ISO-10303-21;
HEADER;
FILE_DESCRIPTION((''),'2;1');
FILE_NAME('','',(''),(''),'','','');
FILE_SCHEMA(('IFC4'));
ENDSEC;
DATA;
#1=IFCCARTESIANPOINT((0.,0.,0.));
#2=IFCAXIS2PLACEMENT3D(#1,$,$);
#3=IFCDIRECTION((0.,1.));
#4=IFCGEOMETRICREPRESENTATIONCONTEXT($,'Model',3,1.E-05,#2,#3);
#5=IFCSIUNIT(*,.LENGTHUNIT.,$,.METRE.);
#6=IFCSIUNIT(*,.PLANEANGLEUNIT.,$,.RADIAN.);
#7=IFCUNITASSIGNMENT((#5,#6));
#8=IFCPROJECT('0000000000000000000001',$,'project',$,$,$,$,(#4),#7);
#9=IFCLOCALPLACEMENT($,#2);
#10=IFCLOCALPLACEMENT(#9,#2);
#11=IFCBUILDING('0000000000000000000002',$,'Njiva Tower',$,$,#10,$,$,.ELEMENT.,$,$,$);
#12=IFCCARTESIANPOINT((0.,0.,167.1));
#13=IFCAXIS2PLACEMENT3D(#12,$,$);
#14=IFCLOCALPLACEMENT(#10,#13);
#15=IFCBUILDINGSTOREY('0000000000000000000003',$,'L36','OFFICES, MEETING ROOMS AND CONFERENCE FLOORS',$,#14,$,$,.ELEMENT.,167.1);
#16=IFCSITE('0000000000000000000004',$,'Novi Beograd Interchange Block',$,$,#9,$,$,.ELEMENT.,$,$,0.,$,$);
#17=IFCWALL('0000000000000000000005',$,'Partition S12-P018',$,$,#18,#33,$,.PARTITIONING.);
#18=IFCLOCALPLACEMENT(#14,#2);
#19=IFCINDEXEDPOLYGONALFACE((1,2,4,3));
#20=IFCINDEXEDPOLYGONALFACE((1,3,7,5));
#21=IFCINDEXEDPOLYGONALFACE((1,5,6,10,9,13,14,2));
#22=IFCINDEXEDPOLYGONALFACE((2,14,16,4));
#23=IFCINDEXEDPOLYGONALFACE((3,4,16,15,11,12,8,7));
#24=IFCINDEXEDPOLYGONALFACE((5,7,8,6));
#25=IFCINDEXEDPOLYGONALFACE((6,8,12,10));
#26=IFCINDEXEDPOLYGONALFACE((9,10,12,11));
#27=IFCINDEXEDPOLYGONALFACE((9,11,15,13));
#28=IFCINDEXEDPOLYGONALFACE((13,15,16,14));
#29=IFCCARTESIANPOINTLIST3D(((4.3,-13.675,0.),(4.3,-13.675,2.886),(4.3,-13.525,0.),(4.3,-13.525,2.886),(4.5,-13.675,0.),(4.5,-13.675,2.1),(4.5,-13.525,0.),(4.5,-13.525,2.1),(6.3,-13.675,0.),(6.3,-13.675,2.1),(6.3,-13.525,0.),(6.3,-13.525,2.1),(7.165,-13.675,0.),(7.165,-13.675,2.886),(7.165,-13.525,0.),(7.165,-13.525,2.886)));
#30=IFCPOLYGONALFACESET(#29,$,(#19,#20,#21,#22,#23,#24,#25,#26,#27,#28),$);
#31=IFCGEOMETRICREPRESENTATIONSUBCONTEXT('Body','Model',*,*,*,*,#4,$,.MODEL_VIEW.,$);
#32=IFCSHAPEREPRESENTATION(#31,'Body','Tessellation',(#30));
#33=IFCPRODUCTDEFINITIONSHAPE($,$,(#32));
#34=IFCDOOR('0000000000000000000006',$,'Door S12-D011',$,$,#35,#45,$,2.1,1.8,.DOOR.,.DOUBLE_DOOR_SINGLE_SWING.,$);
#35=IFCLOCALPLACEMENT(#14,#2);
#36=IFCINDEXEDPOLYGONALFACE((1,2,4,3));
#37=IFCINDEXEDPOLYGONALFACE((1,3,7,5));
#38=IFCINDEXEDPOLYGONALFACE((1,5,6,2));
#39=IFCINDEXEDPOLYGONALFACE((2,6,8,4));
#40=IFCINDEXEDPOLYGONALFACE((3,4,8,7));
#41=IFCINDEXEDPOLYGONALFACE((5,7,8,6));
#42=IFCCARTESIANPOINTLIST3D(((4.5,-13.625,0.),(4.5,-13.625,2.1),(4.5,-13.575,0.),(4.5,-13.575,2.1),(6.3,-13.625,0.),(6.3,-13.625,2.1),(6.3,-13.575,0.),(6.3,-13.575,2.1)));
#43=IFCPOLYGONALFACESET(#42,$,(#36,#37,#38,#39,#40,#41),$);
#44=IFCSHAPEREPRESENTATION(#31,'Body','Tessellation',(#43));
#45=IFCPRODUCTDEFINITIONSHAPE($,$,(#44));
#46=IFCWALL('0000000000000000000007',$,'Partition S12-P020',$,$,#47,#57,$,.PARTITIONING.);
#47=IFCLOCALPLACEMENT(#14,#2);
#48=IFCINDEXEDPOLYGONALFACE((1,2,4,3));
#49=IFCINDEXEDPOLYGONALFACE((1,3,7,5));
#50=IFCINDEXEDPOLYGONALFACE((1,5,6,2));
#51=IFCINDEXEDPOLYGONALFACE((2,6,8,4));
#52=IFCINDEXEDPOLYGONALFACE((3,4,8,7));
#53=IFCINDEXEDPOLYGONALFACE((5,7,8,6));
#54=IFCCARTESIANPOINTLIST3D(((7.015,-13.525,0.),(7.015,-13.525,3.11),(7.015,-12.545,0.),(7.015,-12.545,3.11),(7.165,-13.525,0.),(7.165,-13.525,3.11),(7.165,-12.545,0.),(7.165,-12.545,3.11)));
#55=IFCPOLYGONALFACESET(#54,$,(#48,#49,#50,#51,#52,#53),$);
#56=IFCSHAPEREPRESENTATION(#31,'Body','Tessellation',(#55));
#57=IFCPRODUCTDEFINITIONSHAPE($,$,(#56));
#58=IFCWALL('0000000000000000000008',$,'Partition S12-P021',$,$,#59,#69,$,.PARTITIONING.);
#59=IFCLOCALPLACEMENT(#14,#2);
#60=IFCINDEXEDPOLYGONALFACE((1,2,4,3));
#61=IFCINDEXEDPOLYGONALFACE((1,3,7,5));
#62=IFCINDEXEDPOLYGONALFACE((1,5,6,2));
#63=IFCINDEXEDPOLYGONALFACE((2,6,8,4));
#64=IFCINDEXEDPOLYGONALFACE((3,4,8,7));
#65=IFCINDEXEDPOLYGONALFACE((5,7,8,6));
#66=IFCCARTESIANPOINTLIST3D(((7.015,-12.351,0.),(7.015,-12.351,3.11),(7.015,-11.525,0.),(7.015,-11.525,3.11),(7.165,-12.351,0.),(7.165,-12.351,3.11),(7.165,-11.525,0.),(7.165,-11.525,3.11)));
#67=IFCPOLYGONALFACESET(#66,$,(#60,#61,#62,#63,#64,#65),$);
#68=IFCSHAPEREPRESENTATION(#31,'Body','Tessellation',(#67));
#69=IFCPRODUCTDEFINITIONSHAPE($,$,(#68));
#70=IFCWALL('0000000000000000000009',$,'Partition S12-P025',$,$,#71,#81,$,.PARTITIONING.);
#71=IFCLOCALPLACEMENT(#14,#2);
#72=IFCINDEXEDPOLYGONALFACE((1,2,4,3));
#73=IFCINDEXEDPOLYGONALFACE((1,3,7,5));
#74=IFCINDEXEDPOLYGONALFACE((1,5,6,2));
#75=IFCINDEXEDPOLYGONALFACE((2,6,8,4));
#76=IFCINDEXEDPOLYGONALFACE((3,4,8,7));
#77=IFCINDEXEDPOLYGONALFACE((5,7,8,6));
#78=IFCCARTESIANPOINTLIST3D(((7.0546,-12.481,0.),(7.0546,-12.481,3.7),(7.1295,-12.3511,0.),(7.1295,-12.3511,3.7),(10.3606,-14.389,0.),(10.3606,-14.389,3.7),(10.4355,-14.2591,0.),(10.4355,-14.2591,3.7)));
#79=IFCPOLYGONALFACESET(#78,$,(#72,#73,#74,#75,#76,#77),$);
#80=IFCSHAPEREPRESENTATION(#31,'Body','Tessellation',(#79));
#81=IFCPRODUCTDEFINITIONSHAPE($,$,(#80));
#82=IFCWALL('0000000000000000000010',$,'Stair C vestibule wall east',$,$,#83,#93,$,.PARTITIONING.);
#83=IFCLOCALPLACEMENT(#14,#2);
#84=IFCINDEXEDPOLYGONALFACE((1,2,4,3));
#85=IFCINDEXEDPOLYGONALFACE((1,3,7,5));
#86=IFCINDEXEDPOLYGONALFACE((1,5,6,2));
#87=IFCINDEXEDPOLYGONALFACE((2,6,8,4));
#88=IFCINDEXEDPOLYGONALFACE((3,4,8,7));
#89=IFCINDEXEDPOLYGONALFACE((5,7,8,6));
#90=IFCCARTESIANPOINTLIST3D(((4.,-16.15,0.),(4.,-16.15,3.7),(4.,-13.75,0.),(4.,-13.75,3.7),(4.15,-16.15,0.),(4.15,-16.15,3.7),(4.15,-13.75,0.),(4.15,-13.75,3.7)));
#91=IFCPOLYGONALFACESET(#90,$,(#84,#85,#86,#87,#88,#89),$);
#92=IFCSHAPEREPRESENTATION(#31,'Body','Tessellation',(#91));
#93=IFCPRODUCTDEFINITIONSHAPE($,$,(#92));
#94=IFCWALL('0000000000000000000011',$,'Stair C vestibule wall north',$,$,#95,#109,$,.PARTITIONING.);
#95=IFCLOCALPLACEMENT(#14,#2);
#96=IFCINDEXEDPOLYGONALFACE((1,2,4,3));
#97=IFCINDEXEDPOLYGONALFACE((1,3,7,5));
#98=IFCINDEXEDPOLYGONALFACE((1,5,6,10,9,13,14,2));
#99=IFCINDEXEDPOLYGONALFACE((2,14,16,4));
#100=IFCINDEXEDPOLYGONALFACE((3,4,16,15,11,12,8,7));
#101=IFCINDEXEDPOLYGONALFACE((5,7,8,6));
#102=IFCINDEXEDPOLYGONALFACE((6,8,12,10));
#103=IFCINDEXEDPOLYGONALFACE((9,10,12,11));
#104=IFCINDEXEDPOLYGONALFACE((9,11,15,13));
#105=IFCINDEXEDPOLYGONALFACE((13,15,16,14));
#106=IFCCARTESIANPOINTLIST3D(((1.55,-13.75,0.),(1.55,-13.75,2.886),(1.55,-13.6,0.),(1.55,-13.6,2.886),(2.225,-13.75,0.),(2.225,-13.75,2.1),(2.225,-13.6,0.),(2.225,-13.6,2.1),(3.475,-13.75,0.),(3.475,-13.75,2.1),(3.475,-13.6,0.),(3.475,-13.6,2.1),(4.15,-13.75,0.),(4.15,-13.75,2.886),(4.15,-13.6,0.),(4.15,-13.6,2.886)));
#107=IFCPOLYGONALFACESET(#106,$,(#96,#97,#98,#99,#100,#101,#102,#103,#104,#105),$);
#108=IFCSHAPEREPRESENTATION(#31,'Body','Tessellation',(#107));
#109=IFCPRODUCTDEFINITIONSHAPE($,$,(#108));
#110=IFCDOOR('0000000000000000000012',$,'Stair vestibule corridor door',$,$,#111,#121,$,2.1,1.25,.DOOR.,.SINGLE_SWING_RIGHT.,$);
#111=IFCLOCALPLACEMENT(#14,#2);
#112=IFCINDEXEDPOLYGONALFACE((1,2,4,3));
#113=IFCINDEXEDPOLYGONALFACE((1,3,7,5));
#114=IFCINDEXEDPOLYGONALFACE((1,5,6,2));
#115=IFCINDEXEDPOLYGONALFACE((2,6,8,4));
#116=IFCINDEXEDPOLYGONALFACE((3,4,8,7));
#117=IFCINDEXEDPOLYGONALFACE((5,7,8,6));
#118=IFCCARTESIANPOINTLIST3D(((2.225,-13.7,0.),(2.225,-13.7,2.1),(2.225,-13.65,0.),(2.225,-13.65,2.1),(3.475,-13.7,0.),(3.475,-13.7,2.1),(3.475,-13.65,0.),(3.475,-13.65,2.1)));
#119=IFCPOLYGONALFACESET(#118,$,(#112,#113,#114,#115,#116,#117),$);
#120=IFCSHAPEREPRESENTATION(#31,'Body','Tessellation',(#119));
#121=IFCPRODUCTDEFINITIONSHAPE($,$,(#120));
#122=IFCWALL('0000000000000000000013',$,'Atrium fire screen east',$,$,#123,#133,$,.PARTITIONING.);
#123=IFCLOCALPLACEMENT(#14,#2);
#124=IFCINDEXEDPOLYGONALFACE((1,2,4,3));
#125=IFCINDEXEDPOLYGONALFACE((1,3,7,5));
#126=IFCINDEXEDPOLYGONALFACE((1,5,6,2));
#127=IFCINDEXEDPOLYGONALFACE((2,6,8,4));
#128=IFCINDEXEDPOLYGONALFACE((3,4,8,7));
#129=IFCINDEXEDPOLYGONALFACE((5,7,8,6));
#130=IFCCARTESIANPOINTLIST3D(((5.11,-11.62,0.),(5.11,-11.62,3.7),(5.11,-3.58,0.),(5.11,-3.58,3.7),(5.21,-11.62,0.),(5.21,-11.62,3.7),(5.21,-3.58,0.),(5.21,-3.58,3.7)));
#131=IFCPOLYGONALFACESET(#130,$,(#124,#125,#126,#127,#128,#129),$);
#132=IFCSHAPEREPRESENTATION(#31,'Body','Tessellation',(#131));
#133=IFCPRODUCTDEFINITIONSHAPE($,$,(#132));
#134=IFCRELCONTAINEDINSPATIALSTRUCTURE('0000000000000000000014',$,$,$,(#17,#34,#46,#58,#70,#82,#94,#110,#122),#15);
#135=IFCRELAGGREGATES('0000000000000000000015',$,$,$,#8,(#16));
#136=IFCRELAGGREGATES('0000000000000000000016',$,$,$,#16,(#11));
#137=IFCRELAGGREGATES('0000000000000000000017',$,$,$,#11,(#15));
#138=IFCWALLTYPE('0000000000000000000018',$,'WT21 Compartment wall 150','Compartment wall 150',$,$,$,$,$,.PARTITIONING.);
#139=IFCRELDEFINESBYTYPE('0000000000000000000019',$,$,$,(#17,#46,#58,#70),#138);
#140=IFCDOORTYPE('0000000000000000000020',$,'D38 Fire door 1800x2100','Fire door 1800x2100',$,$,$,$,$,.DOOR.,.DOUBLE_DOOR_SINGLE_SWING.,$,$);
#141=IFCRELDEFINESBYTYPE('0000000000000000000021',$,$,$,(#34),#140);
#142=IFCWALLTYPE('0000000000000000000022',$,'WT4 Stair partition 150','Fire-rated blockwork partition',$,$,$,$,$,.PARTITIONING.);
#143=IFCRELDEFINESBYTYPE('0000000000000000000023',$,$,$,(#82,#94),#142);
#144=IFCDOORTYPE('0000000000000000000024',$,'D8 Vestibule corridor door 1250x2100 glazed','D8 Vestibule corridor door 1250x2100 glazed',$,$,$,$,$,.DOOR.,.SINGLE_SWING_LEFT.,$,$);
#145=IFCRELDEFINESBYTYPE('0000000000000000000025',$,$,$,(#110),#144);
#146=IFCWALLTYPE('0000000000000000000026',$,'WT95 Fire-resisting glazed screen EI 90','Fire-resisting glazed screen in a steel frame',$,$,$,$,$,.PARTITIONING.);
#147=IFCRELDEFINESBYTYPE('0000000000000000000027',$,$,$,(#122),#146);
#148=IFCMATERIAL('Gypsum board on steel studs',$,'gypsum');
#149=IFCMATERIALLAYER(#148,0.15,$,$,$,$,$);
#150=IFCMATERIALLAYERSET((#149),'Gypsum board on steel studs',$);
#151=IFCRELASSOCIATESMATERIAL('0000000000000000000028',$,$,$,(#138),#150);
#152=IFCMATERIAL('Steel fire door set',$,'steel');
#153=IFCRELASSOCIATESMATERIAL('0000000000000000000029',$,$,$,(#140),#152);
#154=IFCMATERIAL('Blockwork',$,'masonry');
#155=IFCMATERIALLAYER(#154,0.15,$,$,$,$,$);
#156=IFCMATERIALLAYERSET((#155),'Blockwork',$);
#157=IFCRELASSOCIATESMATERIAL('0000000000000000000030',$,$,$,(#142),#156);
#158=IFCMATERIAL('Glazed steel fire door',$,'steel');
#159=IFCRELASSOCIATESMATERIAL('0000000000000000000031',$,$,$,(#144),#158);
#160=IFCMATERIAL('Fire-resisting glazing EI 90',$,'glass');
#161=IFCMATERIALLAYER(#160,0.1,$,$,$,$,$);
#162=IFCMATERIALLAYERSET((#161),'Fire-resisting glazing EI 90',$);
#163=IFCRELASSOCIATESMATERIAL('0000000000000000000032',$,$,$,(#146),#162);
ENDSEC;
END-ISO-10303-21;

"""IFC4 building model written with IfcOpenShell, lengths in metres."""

from ifc_helpers import new_model, si_unit, direction, frame, frame_2d, origin, place, context, subcontext, project, spatial, rectangle, extrude, material, layer, layer_set, type_object, element, fill, save


model = new_model("IFC4")

# Units and contexts
model_context = context("Model", 3, precision=1e-05, world=origin(), true_north=direction((0.0, 1.0)))
body_context = subcontext(model_context, "Body", "Model", "MODEL_VIEW")
ifc_project = project(units=[si_unit("LENGTHUNIT", "METRE"), si_unit("PLANEANGLEUNIT", "RADIAN")], contexts=[model_context])

# Site, building, storey
site_placement = place(None, origin())
site = spatial("IfcSite", under=ifc_project, at=site_placement, Name="Novi Beograd Interchange Block", CompositionType="ELEMENT", RefElevation=0.0)
building_placement = place(site_placement, origin())
building = spatial("IfcBuilding", under=site, at=building_placement, Name="Njiva Tower", CompositionType="ELEMENT")
storey_placement = place(building_placement, frame((0.0, 0.0, 167.1)))
storey = spatial("IfcBuildingStorey", under=building, at=storey_placement, Name="L36", Description="OFFICES, MEETING ROOMS AND CONFERENCE FLOORS", CompositionType="ELEMENT", Elevation=167.1)

# Wall, opening, door
ifc_material_1 = material(Name="Gypsum board on steel studs", Category="gypsum")
ifc_layer_1 = layer(ifc_material_1, 0.15)
ifc_layer_set_1 = layer_set([ifc_layer_1], Name="Gypsum board on steel studs")
wall_type_1 = type_object("IfcWallType", Name="WT21 Compartment wall 150", Description="Compartment wall 150", PredefinedType="PARTITIONING", material=ifc_layer_set_1)
wall_1_placement = place(storey_placement, frame((4.3, -13.6, 0.0), z_axis=(0.0, 0.0, 1.0), x_axis=(1.0, 0.0, 0.0)))
wall_1 = element("IfcWall", 1, at=wall_1_placement, inside=storey, type_object=wall_type_1, Name="Partition S12-P018", PredefinedType="PARTITIONING", context=body_context, shape_type="SweptSolid", body=[
    extrude(rectangle(XDim=2.865, YDim=0.15, at=frame_2d((1.4325, 0.0))), origin(), (0.0, 0.0, 1.0), 2.886),
])
opening_1_placement = place(wall_1_placement, frame((0.2, 0.0, 0.0)))
opening_1 = element("IfcOpeningElement", 2, at=opening_1_placement, cuts=wall_1, PredefinedType="OPENING", context=body_context, shape_type="SweptSolid", body=[
    extrude(rectangle(XDim=1.8, YDim=2.1, at=frame_2d((0.9, 1.05))), frame((0.0, 0.085, 0.0), z_axis=(0.0, -1.0, 0.0), x_axis=(1.0, 0.0, 0.0)), (0.0, 0.0, 1.0), 0.17),
])
ifc_material_2 = material(Name="Steel fire door set", Category="steel")
door_type_1 = type_object("IfcDoorType", Name="D38 Fire door 1800x2100", Description="Fire door 1800x2100", OperationType="DOUBLE_DOOR_SINGLE_SWING", PredefinedType="DOOR", material=ifc_material_2)
door_1_placement = place(opening_1_placement, origin())
door_1 = element("IfcDoor", 3, at=door_1_placement, inside=storey, type_object=door_type_1, Name="Door S12-D011", OperationType="DOUBLE_DOOR_SINGLE_SWING", OverallHeight=2.1, OverallWidth=1.8, PredefinedType="DOOR", context=body_context, shape_type="SweptSolid", body=[
    extrude(rectangle(XDim=1.8, YDim=2.1, at=frame_2d((0.9, 1.05))), frame((0.0, 0.025, 0.0), z_axis=(0.0, -1.0, 0.0), x_axis=(1.0, 0.0, 0.0)), (0.0, 0.0, 1.0), 0.05),
])
fill(opening_1, door_1)

# Walls
wall_2_placement = place(storey_placement, frame((7.09, -13.525, 0.0), z_axis=(0.0, 0.0, 1.0), x_axis=(0.0, 1.0, 0.0)))
element("IfcWall", 4, at=wall_2_placement, inside=storey, type_object=wall_type_1, Name="Partition S12-P020", PredefinedType="PARTITIONING", context=body_context, shape_type="SweptSolid", body=[
    extrude(rectangle(XDim=0.98, YDim=0.15, at=frame_2d((0.49, 0.0))), origin(), (0.0, 0.0, 1.0), 3.11),
])
wall_3_placement = place(storey_placement, frame((7.09, -12.351, 0.0), z_axis=(0.0, 0.0, 1.0), x_axis=(0.0, 1.0, 0.0)))
element("IfcWall", 5, at=wall_3_placement, inside=storey, type_object=wall_type_1, Name="Partition S12-P021", PredefinedType="PARTITIONING", context=body_context, shape_type="SweptSolid", body=[
    extrude(rectangle(XDim=0.826, YDim=0.15, at=frame_2d((0.413, 0.0))), origin(), (0.0, 0.0, 1.0), 3.11),
])
wall_4_placement = place(storey_placement, frame((7.092, -12.416, 0.0), z_axis=(0.0, 0.0, 1.0), x_axis=(0.866107, -0.499859, 0.0)))
element("IfcWall", 6, at=wall_4_placement, inside=storey, type_object=wall_type_1, Name="Partition S12-P025", PredefinedType="PARTITIONING", context=body_context, shape_type="SweptSolid", body=[
    extrude(rectangle(XDim=3.8171, YDim=0.15, at=frame_2d((1.9086, 0.0))), origin(), (0.0, 0.0, 1.0), 3.7),
])
ifc_material_3 = material(Name="Blockwork", Category="masonry")
ifc_layer_2 = layer(ifc_material_3, 0.15)
ifc_layer_set_2 = layer_set([ifc_layer_2], Name="Blockwork")
wall_type_2 = type_object("IfcWallType", Name="WT4 Stair partition 150", Description="Fire-rated blockwork partition", PredefinedType="PARTITIONING", material=ifc_layer_set_2)
wall_5_placement = place(storey_placement, frame((4.075, -16.15, 0.0), z_axis=(0.0, 0.0, 1.0), x_axis=(0.0, 1.0, 0.0)))
element("IfcWall", 7, at=wall_5_placement, inside=storey, type_object=wall_type_2, Name="Stair C vestibule wall east", PredefinedType="PARTITIONING", context=body_context, shape_type="SweptSolid", body=[
    extrude(rectangle(XDim=2.4, YDim=0.15, at=frame_2d((1.2, 0.0))), origin(), (0.0, 0.0, 1.0), 3.7),
])

# Wall, opening, door
wall_6_placement = place(storey_placement, frame((1.55, -13.675, 0.0), z_axis=(0.0, 0.0, 1.0), x_axis=(1.0, 0.0, 0.0)))
wall_6 = element("IfcWall", 8, at=wall_6_placement, inside=storey, type_object=wall_type_2, Name="Stair C vestibule wall north", PredefinedType="PARTITIONING", context=body_context, shape_type="SweptSolid", body=[
    extrude(rectangle(XDim=2.6, YDim=0.15, at=frame_2d((1.3, 0.0))), origin(), (0.0, 0.0, 1.0), 2.886),
])
opening_2_placement = place(wall_6_placement, frame((0.675, 0.0, 0.0)))
opening_2 = element("IfcOpeningElement", 9, at=opening_2_placement, cuts=wall_6, PredefinedType="OPENING", context=body_context, shape_type="SweptSolid", body=[
    extrude(rectangle(XDim=1.25, YDim=2.1, at=frame_2d((0.625, 1.05))), frame((0.0, 0.085, 0.0), z_axis=(0.0, -1.0, 0.0), x_axis=(1.0, 0.0, 0.0)), (0.0, 0.0, 1.0), 0.17),
])
ifc_material_4 = material(Name="Glazed steel fire door", Category="steel")
door_type_2 = type_object("IfcDoorType", Name="D8 Vestibule corridor door 1250x2100 glazed", Description="D8 Vestibule corridor door 1250x2100 glazed", OperationType="SINGLE_SWING_LEFT", PredefinedType="DOOR", material=ifc_material_4)
door_2_placement = place(opening_2_placement, origin())
door_2 = element("IfcDoor", 10, at=door_2_placement, inside=storey, type_object=door_type_2, Name="Stair vestibule corridor door", OperationType="SINGLE_SWING_RIGHT", OverallHeight=2.1, OverallWidth=1.25, PredefinedType="DOOR", context=body_context, shape_type="SweptSolid", body=[
    extrude(rectangle(XDim=1.25, YDim=2.1, at=frame_2d((0.625, 1.05))), frame((0.0, 0.025, 0.0), z_axis=(0.0, -1.0, 0.0), x_axis=(1.0, 0.0, 0.0)), (0.0, 0.0, 1.0), 0.05),
])
fill(opening_2, door_2)

# Wall
ifc_material_5 = material(Name="Fire-resisting glazing EI 90", Category="glass")
ifc_layer_3 = layer(ifc_material_5, 0.1)
ifc_layer_set_3 = layer_set([ifc_layer_3], Name="Fire-resisting glazing EI 90")
wall_type_3 = type_object("IfcWallType", Name="WT95 Fire-resisting glazed screen EI 90", Description="Fire-resisting glazed screen in a steel frame", PredefinedType="PARTITIONING", material=ifc_layer_set_3)
wall_7_placement = place(storey_placement, frame((5.16, -11.62, 0.0), z_axis=(0.0, 0.0, 1.0), x_axis=(0.0, 1.0, 0.0)))
element("IfcWall", 11, at=wall_7_placement, inside=storey, type_object=wall_type_3, Name="Atrium fire screen east", PredefinedType="PARTITIONING", context=body_context, shape_type="SweptSolid", body=[
    extrude(rectangle(XDim=8.04, YDim=0.1, at=frame_2d((4.02, 0.0))), origin(), (0.0, 0.0, 1.0), 3.7),
])

save(model, "model.ifc")
